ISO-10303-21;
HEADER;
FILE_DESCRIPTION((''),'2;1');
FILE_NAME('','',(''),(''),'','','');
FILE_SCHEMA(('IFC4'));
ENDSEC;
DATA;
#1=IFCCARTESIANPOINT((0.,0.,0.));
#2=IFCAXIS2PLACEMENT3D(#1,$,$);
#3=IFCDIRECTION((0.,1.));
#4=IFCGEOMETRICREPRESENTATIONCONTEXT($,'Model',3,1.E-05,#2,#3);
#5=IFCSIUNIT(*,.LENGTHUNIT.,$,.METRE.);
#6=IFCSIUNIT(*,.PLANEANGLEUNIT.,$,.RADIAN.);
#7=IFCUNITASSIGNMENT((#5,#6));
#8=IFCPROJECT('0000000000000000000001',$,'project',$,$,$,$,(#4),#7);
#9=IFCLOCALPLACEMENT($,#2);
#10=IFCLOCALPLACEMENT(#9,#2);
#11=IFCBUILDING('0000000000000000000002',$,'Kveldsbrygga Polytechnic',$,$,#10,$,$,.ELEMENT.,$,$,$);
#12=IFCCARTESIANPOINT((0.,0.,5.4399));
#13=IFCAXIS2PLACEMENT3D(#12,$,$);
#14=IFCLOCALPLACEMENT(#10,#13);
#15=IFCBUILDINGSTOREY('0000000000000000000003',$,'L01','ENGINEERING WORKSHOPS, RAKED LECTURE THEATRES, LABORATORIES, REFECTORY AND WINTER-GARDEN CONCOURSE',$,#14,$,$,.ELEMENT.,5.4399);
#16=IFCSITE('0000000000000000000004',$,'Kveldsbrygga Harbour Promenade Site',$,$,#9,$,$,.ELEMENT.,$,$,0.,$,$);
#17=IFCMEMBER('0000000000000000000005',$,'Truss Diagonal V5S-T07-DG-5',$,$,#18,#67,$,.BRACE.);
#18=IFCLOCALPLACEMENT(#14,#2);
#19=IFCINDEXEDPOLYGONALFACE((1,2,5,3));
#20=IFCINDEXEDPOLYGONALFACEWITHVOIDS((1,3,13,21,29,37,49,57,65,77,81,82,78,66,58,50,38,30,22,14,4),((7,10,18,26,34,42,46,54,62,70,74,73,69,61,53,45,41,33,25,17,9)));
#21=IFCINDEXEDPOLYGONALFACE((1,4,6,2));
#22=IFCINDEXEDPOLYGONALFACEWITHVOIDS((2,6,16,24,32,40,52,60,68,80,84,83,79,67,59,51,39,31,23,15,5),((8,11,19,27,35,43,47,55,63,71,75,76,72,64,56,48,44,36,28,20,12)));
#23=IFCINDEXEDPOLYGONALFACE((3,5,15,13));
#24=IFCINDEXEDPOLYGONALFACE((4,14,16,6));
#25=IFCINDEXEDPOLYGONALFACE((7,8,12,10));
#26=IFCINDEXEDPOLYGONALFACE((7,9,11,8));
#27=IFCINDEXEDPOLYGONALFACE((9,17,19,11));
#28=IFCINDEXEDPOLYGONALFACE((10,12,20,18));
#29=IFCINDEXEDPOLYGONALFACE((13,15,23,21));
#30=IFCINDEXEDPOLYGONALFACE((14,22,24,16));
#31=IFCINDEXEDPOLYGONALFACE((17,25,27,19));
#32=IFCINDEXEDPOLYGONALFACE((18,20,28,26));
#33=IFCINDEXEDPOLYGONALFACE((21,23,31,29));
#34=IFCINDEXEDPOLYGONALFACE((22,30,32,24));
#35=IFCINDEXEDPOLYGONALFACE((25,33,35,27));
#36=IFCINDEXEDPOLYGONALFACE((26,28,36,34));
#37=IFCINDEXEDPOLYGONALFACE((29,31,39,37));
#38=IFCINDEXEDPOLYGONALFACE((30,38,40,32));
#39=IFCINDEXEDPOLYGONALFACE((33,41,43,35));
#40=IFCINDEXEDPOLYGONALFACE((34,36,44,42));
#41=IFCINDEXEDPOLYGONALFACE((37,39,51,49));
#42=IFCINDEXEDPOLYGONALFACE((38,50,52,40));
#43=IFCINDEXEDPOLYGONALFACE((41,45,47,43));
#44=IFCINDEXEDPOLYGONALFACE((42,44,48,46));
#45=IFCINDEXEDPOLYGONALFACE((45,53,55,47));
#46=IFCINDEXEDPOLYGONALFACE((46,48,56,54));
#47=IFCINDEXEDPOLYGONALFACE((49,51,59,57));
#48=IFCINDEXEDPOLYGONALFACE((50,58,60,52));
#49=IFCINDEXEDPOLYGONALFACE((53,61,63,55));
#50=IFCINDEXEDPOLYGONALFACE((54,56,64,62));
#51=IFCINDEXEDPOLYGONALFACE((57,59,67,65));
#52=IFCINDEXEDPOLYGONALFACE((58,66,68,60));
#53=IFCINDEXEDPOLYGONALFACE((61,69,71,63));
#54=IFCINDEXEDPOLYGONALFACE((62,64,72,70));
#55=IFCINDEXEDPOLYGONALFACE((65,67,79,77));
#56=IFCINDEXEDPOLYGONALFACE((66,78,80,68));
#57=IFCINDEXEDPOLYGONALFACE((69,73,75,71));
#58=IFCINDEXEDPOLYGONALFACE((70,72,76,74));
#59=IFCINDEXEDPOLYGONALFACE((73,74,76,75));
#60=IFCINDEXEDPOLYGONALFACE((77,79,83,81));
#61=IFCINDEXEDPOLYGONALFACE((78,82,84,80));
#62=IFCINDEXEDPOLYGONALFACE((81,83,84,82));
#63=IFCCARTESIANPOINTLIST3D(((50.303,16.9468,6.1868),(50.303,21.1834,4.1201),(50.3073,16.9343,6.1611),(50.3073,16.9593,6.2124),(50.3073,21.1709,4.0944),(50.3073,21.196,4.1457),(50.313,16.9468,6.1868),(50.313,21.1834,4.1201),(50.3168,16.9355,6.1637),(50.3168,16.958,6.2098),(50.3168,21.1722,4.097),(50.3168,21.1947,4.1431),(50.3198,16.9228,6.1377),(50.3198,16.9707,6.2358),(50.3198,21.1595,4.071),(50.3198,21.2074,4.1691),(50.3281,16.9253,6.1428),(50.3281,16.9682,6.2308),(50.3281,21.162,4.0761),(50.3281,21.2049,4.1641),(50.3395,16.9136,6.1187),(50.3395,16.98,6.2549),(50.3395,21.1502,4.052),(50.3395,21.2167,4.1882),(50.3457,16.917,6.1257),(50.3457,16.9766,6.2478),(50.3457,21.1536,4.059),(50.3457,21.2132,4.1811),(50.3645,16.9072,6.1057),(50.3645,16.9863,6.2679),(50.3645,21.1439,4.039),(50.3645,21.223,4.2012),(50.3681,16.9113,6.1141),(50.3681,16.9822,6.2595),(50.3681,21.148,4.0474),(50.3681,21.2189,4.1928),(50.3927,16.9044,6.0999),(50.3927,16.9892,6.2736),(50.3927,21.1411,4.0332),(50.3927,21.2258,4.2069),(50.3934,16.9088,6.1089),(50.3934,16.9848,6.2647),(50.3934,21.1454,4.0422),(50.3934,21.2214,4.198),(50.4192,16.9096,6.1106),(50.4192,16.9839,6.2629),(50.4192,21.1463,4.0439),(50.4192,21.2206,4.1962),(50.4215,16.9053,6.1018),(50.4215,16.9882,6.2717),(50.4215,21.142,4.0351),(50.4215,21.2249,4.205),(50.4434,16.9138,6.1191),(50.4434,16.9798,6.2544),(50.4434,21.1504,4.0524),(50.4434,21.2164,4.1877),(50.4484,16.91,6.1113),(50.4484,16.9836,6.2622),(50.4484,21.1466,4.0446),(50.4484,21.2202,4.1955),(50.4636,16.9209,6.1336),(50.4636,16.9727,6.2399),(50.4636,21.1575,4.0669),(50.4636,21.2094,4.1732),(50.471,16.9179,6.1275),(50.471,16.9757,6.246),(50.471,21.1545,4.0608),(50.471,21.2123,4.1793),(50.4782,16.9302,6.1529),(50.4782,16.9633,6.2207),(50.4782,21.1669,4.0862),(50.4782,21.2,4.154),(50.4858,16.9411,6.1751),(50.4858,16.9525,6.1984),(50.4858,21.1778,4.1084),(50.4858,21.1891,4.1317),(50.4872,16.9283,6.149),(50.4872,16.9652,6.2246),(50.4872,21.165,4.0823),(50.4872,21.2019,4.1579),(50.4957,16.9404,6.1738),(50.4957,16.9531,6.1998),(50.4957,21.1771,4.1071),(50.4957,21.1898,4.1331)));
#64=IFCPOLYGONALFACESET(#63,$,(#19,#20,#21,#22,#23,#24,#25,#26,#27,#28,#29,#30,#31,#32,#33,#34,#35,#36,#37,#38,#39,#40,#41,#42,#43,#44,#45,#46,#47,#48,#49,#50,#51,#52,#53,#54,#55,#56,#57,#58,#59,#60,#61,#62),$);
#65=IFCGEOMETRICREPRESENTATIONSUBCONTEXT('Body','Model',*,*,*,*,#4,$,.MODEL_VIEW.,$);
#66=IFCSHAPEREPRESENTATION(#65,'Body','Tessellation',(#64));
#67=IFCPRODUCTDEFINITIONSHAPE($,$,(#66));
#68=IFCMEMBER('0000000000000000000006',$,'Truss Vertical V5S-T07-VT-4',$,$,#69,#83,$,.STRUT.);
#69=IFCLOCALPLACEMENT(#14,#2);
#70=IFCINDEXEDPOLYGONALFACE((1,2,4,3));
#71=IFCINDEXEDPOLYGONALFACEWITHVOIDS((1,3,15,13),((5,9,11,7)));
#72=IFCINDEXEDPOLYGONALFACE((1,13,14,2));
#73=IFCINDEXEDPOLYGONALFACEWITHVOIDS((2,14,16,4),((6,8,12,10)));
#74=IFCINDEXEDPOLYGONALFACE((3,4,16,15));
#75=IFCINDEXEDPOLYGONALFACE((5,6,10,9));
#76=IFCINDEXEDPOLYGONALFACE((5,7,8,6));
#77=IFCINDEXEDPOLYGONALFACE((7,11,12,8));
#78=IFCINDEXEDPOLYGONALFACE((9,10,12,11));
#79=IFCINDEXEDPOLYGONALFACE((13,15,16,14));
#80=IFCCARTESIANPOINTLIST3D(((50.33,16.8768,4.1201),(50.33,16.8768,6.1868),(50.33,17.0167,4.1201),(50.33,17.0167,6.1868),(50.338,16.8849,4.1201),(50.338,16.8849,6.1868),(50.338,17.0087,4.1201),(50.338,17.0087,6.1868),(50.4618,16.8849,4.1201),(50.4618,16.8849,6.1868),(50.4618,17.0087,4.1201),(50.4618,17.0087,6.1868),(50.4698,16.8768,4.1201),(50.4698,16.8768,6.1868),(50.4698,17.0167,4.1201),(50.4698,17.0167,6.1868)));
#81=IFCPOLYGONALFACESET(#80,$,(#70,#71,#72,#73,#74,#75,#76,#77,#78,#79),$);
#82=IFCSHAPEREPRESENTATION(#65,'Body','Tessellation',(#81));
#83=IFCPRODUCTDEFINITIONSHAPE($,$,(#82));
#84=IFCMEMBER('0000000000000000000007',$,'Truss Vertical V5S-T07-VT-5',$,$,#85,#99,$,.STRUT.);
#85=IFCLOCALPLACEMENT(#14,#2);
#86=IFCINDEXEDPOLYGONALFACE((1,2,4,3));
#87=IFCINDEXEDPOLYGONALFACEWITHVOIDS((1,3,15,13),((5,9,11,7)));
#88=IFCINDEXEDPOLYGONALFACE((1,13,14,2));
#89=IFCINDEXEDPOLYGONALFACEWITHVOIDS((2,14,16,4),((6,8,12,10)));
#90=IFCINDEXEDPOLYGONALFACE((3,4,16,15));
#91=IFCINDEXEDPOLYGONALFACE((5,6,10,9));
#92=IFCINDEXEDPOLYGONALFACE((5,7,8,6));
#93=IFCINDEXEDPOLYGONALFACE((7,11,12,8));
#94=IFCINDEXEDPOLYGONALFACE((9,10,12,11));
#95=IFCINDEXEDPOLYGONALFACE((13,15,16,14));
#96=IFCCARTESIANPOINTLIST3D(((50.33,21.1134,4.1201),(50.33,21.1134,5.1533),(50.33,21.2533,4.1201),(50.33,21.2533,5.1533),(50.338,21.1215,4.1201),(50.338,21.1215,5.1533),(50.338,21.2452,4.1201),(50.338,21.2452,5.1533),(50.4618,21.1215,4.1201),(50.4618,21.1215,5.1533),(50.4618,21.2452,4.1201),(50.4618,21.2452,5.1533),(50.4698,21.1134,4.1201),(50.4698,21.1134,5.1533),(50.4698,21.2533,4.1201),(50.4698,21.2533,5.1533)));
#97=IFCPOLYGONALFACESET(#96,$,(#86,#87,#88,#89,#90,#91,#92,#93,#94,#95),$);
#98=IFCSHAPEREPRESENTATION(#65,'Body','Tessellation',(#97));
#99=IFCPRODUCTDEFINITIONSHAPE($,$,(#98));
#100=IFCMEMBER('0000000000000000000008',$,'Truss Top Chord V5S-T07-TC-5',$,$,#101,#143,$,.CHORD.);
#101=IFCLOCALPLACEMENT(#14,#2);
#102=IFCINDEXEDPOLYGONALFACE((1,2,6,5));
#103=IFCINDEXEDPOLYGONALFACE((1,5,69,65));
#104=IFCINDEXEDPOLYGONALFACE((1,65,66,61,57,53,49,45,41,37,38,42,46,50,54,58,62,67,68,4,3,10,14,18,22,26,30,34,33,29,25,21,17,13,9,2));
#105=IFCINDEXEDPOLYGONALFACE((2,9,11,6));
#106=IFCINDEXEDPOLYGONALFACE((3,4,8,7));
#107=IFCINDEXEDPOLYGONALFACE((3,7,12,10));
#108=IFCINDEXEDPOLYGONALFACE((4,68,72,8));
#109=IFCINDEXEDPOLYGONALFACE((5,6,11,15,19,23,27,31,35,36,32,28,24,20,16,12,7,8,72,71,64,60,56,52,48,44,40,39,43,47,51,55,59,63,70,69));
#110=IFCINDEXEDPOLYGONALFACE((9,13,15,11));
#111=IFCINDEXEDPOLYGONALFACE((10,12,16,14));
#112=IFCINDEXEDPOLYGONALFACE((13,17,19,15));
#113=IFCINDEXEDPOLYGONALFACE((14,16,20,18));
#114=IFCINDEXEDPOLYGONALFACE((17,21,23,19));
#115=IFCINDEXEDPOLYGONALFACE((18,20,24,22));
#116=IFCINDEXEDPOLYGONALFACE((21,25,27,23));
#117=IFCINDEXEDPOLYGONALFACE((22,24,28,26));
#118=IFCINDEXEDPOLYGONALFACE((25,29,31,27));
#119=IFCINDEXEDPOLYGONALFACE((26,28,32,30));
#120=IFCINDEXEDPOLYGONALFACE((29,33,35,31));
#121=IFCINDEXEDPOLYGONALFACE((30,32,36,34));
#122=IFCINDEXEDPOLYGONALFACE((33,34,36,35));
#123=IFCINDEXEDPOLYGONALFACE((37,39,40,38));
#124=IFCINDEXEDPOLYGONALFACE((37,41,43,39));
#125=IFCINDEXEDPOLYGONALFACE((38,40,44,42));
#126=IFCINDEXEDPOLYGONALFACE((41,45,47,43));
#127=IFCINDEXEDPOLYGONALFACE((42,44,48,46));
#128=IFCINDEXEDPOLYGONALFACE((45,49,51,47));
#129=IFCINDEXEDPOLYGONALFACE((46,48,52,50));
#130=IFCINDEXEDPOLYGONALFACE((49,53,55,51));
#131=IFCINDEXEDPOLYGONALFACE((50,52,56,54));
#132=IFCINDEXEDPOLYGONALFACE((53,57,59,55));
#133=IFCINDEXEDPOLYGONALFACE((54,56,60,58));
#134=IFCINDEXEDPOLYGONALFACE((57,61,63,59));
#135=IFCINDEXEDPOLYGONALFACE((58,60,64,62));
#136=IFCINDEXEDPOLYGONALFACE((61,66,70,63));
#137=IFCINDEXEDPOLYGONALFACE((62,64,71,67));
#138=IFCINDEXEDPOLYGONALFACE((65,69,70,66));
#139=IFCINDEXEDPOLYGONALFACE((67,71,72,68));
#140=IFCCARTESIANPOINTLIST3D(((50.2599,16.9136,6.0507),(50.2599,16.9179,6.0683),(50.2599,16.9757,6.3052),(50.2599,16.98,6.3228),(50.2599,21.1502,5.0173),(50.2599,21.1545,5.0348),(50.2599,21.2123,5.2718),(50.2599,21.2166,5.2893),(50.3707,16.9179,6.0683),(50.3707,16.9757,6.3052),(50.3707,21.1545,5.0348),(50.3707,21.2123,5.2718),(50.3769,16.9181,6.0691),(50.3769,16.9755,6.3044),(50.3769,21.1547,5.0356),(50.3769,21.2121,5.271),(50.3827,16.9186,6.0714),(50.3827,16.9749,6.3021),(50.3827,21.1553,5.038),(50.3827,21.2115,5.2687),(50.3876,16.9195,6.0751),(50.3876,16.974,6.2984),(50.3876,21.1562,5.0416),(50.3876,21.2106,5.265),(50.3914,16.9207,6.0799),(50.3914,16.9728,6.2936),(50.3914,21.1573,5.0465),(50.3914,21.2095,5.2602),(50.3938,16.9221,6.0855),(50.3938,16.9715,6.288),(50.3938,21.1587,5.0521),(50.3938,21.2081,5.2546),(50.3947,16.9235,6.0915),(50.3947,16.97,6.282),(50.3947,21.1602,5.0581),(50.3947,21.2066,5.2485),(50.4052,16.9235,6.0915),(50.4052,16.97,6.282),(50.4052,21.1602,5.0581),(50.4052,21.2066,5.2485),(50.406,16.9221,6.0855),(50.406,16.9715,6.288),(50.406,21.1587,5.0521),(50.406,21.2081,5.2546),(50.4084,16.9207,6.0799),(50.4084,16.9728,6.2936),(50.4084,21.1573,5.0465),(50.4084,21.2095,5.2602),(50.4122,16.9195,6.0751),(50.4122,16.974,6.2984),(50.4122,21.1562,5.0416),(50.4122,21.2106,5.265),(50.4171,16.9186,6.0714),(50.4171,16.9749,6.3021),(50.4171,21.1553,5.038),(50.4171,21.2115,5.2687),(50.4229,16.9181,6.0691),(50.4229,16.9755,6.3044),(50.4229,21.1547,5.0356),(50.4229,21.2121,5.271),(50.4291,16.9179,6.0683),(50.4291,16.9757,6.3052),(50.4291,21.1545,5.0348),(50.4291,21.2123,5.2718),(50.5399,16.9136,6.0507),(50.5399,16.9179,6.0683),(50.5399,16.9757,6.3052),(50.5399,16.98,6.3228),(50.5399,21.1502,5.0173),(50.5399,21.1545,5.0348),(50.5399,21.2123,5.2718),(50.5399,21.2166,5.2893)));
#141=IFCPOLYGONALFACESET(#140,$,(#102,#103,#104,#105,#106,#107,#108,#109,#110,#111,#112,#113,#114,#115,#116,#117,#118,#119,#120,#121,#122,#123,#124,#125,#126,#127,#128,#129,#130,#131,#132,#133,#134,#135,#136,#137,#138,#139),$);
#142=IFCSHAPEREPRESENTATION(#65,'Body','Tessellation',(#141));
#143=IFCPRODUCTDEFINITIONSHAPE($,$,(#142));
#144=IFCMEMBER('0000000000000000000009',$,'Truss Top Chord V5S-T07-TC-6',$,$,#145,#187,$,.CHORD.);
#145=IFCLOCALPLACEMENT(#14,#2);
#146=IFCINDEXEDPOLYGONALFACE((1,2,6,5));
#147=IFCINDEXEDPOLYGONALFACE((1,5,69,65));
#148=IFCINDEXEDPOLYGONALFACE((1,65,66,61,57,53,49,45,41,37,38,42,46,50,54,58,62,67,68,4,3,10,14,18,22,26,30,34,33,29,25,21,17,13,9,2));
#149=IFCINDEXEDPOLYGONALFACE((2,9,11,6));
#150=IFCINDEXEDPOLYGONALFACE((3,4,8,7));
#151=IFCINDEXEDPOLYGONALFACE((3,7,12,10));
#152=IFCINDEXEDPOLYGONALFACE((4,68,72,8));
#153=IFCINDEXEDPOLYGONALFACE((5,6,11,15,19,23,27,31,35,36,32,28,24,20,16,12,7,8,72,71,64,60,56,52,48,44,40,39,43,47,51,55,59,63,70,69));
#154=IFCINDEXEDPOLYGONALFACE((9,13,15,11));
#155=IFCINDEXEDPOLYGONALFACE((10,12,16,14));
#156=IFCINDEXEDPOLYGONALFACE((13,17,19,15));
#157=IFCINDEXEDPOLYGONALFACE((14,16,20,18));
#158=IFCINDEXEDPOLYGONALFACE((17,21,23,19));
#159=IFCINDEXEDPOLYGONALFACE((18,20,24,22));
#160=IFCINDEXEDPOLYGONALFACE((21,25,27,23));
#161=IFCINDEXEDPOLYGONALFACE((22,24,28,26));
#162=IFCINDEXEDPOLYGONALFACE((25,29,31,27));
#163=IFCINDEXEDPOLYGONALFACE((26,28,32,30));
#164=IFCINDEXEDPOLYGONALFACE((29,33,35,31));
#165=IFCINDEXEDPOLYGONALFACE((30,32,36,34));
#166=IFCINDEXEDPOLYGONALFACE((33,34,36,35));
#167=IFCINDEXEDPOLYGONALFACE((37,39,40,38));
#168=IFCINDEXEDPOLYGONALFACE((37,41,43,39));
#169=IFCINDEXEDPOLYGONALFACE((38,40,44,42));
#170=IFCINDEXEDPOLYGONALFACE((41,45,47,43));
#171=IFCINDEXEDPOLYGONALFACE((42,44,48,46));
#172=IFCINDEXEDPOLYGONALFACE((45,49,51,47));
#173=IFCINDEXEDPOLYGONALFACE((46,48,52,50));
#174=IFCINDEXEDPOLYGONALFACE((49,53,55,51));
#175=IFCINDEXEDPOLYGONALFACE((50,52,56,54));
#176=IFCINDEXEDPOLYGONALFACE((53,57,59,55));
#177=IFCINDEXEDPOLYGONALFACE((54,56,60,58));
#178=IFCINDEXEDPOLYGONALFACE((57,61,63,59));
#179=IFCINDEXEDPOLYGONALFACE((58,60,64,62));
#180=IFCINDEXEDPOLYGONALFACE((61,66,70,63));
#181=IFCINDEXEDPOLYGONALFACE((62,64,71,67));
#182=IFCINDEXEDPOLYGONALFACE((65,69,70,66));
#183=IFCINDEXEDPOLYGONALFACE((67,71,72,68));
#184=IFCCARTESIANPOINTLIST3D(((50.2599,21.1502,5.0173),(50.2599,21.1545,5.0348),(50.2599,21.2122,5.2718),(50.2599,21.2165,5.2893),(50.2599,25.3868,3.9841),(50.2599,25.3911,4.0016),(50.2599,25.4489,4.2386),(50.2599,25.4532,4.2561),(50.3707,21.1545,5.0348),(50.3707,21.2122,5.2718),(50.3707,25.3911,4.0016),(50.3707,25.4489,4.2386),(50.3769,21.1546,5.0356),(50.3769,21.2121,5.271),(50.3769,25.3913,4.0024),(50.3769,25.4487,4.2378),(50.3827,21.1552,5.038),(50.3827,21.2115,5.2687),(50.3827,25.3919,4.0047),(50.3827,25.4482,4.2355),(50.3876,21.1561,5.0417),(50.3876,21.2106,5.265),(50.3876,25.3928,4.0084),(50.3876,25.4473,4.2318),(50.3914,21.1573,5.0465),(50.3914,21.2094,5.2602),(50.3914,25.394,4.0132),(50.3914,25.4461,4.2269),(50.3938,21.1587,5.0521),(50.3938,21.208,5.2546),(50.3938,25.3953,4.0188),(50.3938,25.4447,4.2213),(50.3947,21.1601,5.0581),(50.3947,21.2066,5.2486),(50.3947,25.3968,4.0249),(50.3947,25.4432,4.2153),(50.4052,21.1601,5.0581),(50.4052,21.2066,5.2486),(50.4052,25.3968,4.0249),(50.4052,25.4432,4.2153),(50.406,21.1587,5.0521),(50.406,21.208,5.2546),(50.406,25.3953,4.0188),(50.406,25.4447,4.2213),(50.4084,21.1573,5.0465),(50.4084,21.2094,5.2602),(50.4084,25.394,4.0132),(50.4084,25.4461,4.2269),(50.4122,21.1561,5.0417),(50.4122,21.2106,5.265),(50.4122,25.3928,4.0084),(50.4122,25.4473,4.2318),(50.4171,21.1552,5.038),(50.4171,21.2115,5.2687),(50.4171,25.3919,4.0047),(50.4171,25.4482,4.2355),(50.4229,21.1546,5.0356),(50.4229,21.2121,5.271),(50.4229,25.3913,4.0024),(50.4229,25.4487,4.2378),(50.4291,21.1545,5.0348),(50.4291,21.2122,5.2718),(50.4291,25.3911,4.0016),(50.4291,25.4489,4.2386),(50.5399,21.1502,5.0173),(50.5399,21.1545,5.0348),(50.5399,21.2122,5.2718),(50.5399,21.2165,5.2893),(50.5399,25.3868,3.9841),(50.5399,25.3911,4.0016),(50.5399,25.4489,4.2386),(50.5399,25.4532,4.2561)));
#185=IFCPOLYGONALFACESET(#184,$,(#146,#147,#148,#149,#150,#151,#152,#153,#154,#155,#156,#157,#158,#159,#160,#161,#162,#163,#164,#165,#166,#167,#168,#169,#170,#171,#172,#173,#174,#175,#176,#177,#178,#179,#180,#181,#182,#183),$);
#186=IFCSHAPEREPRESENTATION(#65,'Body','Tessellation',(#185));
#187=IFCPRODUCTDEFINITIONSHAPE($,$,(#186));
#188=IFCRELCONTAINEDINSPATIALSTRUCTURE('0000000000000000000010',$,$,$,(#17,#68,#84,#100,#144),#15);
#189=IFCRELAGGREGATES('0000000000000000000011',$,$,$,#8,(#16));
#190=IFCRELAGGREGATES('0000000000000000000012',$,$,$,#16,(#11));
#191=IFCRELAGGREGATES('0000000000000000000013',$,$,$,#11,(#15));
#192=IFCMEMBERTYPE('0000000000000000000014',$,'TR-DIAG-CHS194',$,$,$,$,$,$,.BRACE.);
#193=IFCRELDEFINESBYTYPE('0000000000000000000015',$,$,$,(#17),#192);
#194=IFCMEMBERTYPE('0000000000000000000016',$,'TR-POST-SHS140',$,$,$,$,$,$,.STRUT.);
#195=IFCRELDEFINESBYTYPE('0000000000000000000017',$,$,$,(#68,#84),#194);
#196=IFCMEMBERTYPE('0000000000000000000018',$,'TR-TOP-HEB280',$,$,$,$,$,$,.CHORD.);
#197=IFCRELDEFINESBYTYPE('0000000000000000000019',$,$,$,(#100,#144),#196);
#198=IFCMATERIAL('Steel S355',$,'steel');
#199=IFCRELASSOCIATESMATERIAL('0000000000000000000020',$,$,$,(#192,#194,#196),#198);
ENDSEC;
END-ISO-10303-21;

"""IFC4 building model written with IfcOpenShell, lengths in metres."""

from ifc_helpers import new_model, si_unit, direction, frame, origin, origin_2d, place, context, subcontext, project, spatial, hollow_rectangle, hollow_circle, i_section, extrude, material, material_profile, profile_set, type_object, element, save


model = new_model("IFC4")

# Units and contexts
model_context = context("Model", 3, precision=1e-05, world=origin(), true_north=direction((0.0, 1.0)))
body_context = subcontext(model_context, "Body", "Model", "MODEL_VIEW")
ifc_project = project(units=[si_unit("LENGTHUNIT", "METRE"), si_unit("PLANEANGLEUNIT", "RADIAN")], contexts=[model_context])

# Site, building, storey
site_placement = place(None, origin())
site = spatial("IfcSite", under=ifc_project, at=site_placement, Name="Kveldsbrygga Harbour Promenade Site", CompositionType="ELEMENT", RefElevation=0.0)
building_placement = place(site_placement, origin())
building = spatial("IfcBuilding", under=site, at=building_placement, Name="Kveldsbrygga Polytechnic", CompositionType="ELEMENT")
storey_placement = place(building_placement, frame((0.0, 0.0, 5.4399)))
storey = spatial("IfcBuildingStorey", under=building, at=storey_placement, Name="L01", Description="ENGINEERING WORKSHOPS, RAKED LECTURE THEATRES, LABORATORIES, REFECTORY AND WINTER-GARDEN CONCOURSE", CompositionType="ELEMENT", Elevation=5.4399)

# Shared definitions
ifc_material_1 = material(Name="Steel S355", Category="steel")

# Members
ifc_material_profile_1 = material_profile(ifc_material_1, hollow_circle(Radius=0.0969, WallThickness=0.01, at=origin_2d()), Name="CHS 193.7x10.0")
ifc_profile_set_1 = profile_set([ifc_material_profile_1], Name="Steel S355")
member_type_1 = type_object("IfcMemberType", Name="TR-DIAG-CHS194", PredefinedType="BRACE", material=ifc_profile_set_1)
member_1_placement = place(storey_placement, frame((50.3999, 16.9468, 6.1868), z_axis=(0.0, 0.898766, -0.438429), x_axis=(-1.0, 0.0, 0.0)))
element("IfcMember", 1, at=member_1_placement, inside=storey, type_object=member_type_1, Name="Truss Diagonal V5S-T07-DG-5", PredefinedType="BRACE", context=body_context, shape_type="SweptSolid", body=[
    extrude(hollow_circle(Radius=0.0969, WallThickness=0.01, at=origin_2d()), origin(), (0.0, 0.0, 1.0), 4.7139),
])
ifc_material_profile_2 = material_profile(ifc_material_1, hollow_rectangle(XDim=0.1399, YDim=0.1399, WallThickness=0.0081, at=origin_2d()), Name="SHS 140x140x8.0")
ifc_profile_set_2 = profile_set([ifc_material_profile_2], Name="Steel S355")
member_type_2 = type_object("IfcMemberType", Name="TR-POST-SHS140", PredefinedType="STRUT", material=ifc_profile_set_2)
member_2_placement = place(storey_placement, frame((50.3999, 16.9468, 4.1201), z_axis=(0.0, 0.0, 1.0), x_axis=(1.0, 0.0, 0.0)))
element("IfcMember", 2, at=member_2_placement, inside=storey, type_object=member_type_2, Name="Truss Vertical V5S-T07-VT-4", PredefinedType="STRUT", context=body_context, shape_type="SweptSolid", body=[
    extrude(hollow_rectangle(XDim=0.1399, YDim=0.1399, WallThickness=0.0081, at=origin_2d()), origin(), (0.0, 0.0, 1.0), 2.0667),
])
member_3_placement = place(storey_placement, frame((50.3999, 21.1833, 4.1201), z_axis=(0.0, 0.0, 1.0), x_axis=(1.0, 0.0, 0.0)))
element("IfcMember", 3, at=member_3_placement, inside=storey, type_object=member_type_2, Name="Truss Vertical V5S-T07-VT-5", PredefinedType="STRUT", context=body_context, shape_type="SweptSolid", body=[
    extrude(hollow_rectangle(XDim=0.1399, YDim=0.1399, WallThickness=0.0081, at=origin_2d()), origin(), (0.0, 0.0, 1.0), 1.0332),
])
ifc_material_profile_3 = material_profile(ifc_material_1, i_section(OverallWidth=0.28, OverallDepth=0.28, WebThickness=0.0105, FlangeThickness=0.0181, FilletRadius=0.0239, at=origin_2d()), Name="HEB 280")
ifc_profile_set_3 = profile_set([ifc_material_profile_3], Name="Steel S355")
member_type_3 = type_object("IfcMemberType", Name="TR-TOP-HEB280", PredefinedType="CHORD", material=ifc_profile_set_3)
for number, where, z_axis, x_axis, name in (
    (4, (50.3999, 16.9468, 6.1868), (0.0, 0.971513, -0.236986), (-1.0, 0.0, 0.0), "Truss Top Chord V5S-T07-TC-5"),
    (5, (50.3999, 21.1833, 5.1533), (0.0, 0.971526, -0.236933), (-1.0, 0.0, 0.0), "Truss Top Chord V5S-T07-TC-6"),
):
    element("IfcMember", number, at=place(storey_placement, frame(where, z_axis=z_axis, x_axis=x_axis)), inside=storey, type_object=member_type_3, Name=name, PredefinedType="CHORD", context=body_context, shape_type="SweptSolid", body=[
        extrude(i_section(OverallWidth=0.28, OverallDepth=0.28, WebThickness=0.0105, FlangeThickness=0.0181, FilletRadius=0.0239, at=origin_2d()), origin(), (0.0, 0.0, 1.0), 4.3608),
    ])

save(model, "model.ifc")
